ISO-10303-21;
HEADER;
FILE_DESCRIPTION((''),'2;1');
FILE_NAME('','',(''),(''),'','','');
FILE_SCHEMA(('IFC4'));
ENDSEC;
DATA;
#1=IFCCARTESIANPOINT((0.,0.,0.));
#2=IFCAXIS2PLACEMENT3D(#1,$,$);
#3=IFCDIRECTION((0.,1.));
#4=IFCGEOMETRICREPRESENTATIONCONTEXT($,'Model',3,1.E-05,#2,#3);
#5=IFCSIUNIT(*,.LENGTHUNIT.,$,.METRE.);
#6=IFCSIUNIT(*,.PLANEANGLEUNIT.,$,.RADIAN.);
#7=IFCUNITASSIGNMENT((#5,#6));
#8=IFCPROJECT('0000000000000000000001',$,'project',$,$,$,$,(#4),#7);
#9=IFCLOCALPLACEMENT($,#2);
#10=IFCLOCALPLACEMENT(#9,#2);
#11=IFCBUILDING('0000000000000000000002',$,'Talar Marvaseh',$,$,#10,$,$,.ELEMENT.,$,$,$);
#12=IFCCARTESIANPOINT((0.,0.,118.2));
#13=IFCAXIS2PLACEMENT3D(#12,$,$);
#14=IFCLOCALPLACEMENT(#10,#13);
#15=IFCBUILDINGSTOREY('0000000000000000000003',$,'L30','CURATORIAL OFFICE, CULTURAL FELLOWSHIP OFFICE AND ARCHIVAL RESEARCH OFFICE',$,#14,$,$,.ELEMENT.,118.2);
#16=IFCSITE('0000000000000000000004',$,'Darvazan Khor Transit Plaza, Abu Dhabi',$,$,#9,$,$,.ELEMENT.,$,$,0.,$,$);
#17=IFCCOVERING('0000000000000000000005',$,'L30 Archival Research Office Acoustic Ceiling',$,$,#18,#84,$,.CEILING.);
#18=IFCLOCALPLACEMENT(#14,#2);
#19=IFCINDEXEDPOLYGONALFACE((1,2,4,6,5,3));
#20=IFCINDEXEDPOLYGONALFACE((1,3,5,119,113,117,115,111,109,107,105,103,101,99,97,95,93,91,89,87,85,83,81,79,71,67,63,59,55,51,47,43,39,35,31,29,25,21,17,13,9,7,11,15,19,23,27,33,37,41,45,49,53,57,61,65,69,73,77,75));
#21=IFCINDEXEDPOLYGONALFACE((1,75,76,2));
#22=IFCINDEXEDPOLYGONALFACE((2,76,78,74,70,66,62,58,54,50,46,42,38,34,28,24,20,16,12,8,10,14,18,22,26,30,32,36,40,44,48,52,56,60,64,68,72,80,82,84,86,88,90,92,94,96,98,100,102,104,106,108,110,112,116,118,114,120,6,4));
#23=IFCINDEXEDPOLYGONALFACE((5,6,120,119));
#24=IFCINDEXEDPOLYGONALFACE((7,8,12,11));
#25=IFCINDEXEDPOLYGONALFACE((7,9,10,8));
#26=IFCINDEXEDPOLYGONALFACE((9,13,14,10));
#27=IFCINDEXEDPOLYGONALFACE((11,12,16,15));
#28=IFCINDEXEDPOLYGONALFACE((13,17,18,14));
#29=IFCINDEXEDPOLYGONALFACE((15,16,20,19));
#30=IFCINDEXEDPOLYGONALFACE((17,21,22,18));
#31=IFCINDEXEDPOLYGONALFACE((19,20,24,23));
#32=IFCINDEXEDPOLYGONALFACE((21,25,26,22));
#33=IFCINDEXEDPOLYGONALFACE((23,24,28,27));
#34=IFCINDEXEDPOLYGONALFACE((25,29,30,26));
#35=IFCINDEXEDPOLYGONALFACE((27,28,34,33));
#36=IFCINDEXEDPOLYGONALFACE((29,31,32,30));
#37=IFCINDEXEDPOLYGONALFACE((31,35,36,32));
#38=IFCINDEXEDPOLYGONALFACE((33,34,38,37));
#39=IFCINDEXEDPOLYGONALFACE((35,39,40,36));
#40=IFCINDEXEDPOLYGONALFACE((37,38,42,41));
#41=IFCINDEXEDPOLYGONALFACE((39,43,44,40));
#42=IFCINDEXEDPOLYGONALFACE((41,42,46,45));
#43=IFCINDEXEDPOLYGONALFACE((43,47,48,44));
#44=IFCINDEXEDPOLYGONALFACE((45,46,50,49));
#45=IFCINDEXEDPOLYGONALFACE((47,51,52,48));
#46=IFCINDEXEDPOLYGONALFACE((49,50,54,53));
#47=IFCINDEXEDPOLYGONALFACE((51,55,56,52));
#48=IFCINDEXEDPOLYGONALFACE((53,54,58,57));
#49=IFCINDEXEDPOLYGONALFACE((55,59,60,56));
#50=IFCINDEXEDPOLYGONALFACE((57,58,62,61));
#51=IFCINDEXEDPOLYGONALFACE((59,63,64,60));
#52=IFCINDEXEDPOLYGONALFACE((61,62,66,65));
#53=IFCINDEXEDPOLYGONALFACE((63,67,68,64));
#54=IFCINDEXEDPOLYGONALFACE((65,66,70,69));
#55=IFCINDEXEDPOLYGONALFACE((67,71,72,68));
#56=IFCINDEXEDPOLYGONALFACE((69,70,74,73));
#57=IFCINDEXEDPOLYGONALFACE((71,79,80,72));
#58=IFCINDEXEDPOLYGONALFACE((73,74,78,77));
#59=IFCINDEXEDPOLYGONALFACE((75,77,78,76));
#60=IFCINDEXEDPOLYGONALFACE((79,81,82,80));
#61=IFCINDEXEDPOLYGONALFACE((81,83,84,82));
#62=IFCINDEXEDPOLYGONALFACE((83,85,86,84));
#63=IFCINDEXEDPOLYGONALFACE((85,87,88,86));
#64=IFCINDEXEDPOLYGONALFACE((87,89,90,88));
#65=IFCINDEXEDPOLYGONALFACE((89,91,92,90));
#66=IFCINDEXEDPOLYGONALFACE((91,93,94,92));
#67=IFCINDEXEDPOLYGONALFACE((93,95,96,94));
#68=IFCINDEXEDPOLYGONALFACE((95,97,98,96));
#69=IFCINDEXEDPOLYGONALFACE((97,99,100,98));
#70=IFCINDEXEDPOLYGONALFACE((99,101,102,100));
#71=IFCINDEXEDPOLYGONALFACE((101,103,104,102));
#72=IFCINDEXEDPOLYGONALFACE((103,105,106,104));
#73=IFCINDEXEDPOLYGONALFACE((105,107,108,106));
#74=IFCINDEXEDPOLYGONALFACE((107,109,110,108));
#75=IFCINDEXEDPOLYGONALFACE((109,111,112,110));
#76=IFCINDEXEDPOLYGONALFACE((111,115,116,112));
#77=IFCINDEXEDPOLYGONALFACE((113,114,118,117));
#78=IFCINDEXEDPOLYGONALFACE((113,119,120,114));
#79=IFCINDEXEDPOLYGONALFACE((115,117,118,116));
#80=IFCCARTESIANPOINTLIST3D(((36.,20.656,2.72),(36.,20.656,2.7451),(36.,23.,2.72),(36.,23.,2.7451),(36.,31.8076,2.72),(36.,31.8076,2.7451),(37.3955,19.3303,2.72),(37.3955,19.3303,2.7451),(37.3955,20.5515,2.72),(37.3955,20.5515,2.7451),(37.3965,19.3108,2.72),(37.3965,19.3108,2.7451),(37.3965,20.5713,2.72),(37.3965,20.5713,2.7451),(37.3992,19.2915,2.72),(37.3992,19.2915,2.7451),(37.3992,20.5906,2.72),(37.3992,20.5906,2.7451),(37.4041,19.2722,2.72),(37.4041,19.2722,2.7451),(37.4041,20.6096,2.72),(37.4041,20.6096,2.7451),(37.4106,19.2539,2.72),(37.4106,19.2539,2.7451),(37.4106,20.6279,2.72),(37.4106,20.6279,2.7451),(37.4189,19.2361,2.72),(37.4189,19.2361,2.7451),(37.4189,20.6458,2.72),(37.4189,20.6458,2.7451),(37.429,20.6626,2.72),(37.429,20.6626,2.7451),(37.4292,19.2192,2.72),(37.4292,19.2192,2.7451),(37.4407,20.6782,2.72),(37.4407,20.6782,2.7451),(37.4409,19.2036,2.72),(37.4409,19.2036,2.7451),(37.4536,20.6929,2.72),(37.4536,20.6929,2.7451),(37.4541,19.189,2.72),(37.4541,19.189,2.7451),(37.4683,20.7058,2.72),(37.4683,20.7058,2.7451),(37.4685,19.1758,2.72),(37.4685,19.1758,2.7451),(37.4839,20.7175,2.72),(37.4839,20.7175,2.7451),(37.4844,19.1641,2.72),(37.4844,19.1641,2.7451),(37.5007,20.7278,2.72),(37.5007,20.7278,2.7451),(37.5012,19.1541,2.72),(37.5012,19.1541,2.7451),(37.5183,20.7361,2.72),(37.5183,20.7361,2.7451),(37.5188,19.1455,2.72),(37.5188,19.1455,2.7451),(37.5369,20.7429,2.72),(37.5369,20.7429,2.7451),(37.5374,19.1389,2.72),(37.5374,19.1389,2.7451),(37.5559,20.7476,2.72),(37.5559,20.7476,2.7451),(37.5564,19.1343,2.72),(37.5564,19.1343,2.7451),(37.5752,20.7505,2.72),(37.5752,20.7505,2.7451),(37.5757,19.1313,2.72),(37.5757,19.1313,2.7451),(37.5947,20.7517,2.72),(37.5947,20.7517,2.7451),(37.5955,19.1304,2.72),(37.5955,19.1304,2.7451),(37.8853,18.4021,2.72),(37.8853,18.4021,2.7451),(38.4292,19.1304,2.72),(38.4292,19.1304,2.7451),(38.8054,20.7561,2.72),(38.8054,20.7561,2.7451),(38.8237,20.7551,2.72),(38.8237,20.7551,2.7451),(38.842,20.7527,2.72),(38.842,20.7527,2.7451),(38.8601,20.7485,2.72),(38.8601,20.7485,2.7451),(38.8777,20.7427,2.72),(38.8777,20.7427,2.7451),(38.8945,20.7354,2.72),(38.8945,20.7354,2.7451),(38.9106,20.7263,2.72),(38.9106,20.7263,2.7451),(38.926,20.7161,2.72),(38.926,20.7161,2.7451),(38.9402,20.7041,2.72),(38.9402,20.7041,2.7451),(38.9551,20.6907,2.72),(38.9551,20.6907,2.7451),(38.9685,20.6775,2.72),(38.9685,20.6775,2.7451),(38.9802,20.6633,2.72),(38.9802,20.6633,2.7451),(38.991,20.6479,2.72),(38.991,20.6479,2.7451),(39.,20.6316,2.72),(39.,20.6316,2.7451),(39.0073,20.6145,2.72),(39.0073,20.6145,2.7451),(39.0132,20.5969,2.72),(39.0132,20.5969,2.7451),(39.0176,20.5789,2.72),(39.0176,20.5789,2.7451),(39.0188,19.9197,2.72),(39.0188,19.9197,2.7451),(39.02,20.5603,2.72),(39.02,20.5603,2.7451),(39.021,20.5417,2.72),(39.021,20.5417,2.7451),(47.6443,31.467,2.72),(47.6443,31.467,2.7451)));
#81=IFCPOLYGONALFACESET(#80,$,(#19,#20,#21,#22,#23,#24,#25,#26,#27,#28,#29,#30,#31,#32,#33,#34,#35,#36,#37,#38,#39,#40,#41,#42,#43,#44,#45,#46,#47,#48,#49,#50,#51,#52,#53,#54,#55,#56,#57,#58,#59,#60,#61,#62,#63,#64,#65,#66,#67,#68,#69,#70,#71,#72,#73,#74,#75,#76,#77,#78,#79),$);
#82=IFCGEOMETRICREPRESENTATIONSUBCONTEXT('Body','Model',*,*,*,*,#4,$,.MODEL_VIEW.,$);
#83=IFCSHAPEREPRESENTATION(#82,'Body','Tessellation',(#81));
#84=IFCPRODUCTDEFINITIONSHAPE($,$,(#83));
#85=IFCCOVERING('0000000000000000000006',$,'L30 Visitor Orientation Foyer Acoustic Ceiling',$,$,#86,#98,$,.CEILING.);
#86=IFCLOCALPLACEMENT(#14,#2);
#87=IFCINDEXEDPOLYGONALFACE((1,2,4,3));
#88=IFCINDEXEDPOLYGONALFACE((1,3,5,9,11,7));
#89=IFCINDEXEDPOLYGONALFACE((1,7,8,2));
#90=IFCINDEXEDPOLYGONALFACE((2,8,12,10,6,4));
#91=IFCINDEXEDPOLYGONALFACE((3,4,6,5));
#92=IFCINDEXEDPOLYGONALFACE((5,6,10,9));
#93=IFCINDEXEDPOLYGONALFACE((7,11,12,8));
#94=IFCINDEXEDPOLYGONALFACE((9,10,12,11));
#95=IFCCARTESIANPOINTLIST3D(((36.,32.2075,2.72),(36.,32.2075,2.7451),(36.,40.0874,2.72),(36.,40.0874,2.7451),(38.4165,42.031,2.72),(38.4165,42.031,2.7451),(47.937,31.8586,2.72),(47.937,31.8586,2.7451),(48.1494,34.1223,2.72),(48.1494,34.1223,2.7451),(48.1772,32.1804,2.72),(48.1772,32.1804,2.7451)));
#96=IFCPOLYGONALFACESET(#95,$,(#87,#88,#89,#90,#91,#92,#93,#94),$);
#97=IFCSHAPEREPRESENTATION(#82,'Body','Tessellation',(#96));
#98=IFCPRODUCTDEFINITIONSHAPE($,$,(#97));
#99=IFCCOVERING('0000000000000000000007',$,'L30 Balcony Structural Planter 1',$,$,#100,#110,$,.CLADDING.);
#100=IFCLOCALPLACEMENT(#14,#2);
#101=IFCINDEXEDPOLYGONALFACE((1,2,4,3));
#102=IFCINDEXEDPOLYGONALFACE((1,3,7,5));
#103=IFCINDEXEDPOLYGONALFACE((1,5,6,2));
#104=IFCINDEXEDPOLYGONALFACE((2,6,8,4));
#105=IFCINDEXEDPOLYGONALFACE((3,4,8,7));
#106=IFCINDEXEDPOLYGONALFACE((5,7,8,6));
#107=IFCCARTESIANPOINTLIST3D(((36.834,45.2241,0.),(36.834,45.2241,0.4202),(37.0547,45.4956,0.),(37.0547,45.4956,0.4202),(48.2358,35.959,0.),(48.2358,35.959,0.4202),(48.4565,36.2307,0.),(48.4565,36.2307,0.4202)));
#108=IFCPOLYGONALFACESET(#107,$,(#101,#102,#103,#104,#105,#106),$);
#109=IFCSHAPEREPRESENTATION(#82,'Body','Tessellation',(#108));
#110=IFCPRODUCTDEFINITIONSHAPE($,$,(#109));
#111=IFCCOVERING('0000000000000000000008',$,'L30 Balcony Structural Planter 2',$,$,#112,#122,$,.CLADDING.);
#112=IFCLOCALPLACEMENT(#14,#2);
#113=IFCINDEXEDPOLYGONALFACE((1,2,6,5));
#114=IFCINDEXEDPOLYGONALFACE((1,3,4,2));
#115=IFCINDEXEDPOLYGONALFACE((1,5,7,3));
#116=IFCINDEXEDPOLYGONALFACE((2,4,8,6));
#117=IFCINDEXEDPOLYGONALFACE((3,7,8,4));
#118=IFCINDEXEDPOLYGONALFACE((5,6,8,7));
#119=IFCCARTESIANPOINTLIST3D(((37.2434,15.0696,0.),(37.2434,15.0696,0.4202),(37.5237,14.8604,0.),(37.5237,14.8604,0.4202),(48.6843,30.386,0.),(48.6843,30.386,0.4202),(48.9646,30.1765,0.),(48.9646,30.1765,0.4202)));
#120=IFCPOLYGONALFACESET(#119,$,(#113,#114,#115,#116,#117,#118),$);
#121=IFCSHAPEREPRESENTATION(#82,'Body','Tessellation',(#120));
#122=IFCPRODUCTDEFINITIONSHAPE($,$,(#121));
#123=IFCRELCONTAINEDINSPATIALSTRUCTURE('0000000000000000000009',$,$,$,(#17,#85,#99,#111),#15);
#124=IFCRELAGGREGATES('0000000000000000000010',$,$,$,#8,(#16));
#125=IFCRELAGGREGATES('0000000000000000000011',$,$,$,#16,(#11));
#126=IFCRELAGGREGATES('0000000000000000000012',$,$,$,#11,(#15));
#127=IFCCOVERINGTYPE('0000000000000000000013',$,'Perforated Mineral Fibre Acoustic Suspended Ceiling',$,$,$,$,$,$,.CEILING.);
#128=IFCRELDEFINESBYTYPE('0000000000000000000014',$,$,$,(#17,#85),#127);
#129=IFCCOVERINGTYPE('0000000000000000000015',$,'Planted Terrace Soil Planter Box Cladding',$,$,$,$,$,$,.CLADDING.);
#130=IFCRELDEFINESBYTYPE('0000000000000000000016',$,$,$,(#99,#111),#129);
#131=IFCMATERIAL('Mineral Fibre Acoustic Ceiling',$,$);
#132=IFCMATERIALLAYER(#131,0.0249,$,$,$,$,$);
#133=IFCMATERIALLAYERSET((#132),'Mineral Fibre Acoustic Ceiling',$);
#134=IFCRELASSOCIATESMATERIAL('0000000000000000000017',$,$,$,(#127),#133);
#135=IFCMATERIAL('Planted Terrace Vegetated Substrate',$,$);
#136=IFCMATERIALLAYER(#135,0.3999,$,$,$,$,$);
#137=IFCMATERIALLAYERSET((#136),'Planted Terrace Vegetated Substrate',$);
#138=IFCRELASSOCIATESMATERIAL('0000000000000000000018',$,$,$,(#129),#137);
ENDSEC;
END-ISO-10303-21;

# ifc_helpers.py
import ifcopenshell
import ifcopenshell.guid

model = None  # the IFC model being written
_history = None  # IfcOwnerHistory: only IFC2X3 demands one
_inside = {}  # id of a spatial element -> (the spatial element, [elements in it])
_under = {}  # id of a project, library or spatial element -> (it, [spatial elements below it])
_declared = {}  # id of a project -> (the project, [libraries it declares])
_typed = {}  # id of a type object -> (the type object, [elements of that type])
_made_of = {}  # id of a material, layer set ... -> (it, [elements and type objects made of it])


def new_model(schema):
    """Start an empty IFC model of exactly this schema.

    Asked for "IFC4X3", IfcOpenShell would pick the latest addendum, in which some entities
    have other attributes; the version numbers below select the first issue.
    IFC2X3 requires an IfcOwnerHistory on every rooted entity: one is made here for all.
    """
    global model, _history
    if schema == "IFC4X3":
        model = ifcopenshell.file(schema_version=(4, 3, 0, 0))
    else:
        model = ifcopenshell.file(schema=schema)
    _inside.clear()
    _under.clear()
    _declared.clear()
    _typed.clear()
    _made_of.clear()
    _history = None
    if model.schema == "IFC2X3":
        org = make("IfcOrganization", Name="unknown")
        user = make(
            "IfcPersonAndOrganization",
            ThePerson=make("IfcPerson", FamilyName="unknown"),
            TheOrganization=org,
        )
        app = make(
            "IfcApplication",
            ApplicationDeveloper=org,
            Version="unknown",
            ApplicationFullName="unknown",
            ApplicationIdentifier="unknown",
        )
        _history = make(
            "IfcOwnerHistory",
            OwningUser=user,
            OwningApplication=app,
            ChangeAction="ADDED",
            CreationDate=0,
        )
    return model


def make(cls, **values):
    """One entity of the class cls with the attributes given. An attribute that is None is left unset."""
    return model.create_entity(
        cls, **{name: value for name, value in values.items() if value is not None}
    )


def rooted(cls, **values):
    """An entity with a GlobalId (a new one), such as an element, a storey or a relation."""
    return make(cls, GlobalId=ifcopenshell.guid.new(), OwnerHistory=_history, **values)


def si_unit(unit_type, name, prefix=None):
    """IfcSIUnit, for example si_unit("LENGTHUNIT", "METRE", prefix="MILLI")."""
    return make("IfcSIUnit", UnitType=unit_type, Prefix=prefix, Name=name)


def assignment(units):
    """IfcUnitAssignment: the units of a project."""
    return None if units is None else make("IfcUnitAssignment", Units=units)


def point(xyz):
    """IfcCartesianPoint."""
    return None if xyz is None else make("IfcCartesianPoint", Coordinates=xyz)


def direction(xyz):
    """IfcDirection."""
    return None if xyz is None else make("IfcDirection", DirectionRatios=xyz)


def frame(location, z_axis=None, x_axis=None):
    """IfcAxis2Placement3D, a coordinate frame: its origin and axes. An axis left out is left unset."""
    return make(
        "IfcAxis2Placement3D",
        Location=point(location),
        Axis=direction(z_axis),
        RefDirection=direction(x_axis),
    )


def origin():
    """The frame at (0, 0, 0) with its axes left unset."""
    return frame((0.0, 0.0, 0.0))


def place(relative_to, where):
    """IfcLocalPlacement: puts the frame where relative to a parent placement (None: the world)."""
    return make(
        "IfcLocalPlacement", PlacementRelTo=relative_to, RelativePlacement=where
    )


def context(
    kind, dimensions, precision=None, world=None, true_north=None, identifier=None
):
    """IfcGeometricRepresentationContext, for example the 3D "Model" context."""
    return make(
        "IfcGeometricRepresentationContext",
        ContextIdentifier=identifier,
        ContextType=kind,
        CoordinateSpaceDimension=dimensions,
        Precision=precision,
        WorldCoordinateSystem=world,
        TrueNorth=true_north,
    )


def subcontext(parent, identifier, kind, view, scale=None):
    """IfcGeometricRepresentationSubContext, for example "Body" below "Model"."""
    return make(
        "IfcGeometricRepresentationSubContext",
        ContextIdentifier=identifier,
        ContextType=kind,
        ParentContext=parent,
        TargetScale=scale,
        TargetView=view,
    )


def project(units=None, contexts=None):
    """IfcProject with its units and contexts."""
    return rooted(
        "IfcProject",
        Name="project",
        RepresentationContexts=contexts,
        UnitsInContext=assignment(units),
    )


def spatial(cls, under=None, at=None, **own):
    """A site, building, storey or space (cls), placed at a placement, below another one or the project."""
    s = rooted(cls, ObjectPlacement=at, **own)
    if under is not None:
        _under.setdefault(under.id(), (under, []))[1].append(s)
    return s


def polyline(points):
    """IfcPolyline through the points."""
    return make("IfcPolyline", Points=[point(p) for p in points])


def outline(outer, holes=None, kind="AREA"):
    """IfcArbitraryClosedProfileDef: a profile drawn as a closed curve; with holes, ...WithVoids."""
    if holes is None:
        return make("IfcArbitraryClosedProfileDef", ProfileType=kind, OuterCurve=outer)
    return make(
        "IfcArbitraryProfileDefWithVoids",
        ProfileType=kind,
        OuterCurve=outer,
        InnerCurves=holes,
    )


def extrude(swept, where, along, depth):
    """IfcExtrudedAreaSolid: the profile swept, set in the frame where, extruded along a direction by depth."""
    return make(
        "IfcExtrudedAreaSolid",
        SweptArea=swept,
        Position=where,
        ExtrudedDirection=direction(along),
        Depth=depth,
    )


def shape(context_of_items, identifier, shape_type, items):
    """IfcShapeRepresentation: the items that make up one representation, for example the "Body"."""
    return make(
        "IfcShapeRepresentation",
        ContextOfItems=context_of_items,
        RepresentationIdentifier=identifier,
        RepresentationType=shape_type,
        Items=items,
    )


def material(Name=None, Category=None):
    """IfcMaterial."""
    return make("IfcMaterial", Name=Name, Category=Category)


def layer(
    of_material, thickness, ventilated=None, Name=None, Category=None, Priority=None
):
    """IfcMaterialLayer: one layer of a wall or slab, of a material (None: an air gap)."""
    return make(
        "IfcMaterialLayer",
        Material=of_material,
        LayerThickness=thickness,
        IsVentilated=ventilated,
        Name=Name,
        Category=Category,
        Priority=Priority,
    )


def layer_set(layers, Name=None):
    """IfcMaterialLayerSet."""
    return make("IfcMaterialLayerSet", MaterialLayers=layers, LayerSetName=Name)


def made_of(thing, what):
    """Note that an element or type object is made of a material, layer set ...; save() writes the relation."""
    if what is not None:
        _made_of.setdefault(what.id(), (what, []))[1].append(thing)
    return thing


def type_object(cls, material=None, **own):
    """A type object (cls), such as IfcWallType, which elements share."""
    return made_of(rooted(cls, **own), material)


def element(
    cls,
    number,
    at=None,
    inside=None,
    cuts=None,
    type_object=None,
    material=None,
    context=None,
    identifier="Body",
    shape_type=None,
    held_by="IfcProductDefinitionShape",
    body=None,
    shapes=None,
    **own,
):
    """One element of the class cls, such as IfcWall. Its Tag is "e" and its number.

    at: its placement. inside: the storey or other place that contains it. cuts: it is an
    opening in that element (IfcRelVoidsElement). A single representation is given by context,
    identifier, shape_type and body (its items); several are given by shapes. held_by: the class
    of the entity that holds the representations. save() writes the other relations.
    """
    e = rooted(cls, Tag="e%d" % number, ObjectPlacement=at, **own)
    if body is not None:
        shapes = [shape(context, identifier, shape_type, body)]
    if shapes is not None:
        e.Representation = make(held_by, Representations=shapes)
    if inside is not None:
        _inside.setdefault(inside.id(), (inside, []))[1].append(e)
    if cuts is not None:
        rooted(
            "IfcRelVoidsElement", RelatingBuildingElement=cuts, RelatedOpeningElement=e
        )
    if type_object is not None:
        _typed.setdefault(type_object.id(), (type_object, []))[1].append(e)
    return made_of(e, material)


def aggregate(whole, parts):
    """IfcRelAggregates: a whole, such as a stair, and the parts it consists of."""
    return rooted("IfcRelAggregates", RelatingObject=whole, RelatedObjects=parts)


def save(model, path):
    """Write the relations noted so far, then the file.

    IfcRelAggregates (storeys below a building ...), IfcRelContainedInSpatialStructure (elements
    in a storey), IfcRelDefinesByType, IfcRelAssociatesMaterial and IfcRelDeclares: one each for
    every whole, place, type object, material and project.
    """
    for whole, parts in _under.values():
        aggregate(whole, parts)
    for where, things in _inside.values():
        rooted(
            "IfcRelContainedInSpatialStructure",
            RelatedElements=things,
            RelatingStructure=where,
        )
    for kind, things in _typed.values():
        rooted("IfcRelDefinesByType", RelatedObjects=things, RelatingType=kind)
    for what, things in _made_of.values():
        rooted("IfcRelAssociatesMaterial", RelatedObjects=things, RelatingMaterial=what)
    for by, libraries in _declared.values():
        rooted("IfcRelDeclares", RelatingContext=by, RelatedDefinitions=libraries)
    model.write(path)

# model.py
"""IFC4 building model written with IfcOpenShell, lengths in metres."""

from ifc_helpers import new_model, si_unit, direction, frame, origin, place, context, subcontext, project, spatial, polyline, outline, extrude, material, layer, layer_set, type_object, element, save


model = new_model("IFC4")

# Units and contexts
model_context = context("Model", 3, precision=1e-05, world=origin(), true_north=direction((0.0, 1.0)))
body_context = subcontext(model_context, "Body", "Model", "MODEL_VIEW")
ifc_project = project(units=[si_unit("LENGTHUNIT", "METRE"), si_unit("PLANEANGLEUNIT", "RADIAN")], contexts=[model_context])

# Site, building, storey
site_placement = place(None, origin())
site = spatial("IfcSite", under=ifc_project, at=site_placement, Name="Darvazan Khor Transit Plaza, Abu Dhabi", CompositionType="ELEMENT", RefElevation=0.0)
building_placement = place(site_placement, origin())
building = spatial("IfcBuilding", under=site, at=building_placement, Name="Talar Marvaseh", CompositionType="ELEMENT")
storey_placement = place(building_placement, frame((0.0, 0.0, 118.2)))
storey = spatial("IfcBuildingStorey", under=building, at=storey_placement, Name="L30", Description="CURATORIAL OFFICE, CULTURAL FELLOWSHIP OFFICE AND ARCHIVAL RESEARCH OFFICE", CompositionType="ELEMENT", Elevation=118.2)

# Coverings
ifc_material_1 = material(Name="Mineral Fibre Acoustic Ceiling")
ifc_layer_1 = layer(ifc_material_1, 0.0249)
ifc_layer_set_1 = layer_set([ifc_layer_1], Name="Mineral Fibre Acoustic Ceiling")
covering_type_1 = type_object("IfcCoveringType", Name="Perforated Mineral Fibre Acoustic Suspended Ceiling", PredefinedType="CEILING", material=ifc_layer_set_1)
covering_1_placement = place(storey_placement, frame((0.0, 0.0, 2.72)))
element("IfcCovering", 1, at=covering_1_placement, inside=storey, type_object=covering_type_1, Name="L30 Archival Research Office Acoustic Ceiling", PredefinedType="CEILING", context=body_context, shape_type="SweptSolid", body=[
    extrude(outline(polyline([(47.6443, 31.467), (39.0188, 19.9197), (39.021, 20.5417), (39.02, 20.5603), (39.0176, 20.5789), (39.0132, 20.5969), (39.0073, 20.6145), (39.0, 20.6316), (38.991, 20.6479), (38.9802, 20.6633), (38.9685, 20.6775), (38.9551, 20.6907), (38.9402, 20.7041), (38.926, 20.7161), (38.9106, 20.7263), (38.8945, 20.7354), (38.8777, 20.7427), (38.8601, 20.7485), (38.842, 20.7527), (38.8237, 20.7551), (38.8054, 20.7561), (37.5947, 20.7517), (37.5752, 20.7505), (37.5559, 20.7476), (37.5369, 20.7429), (37.5183, 20.7361), (37.5007, 20.7278), (37.4839, 20.7175), (37.4683, 20.7058), (37.4536, 20.6929), (37.4407, 20.6782), (37.429, 20.6626), (37.4189, 20.6458), (37.4106, 20.6279), (37.4041, 20.6096), (37.3992, 20.5906), (37.3965, 20.5713), (37.3955, 20.5515), (37.3955, 19.3303), (37.3965, 19.3108), (37.3992, 19.2915), (37.4041, 19.2722), (37.4106, 19.2539), (37.4189, 19.2361), (37.4292, 19.2192), (37.4409, 19.2036), (37.4541, 19.189), (37.4685, 19.1758), (37.4844, 19.1641), (37.5012, 19.1541), (37.5188, 19.1455), (37.5374, 19.1389), (37.5564, 19.1343), (37.5757, 19.1313), (37.5955, 19.1304), (38.4292, 19.1304), (37.8853, 18.4021), (36.0, 20.656), (36.0, 23.0), (36.0, 31.8076), (47.6443, 31.467)])), origin(), (0.0, 0.0, 1.0), 0.0251),
])
covering_2_placement = place(storey_placement, frame((0.0, 0.0, 2.72)))
element("IfcCovering", 2, at=covering_2_placement, inside=storey, type_object=covering_type_1, Name="L30 Visitor Orientation Foyer Acoustic Ceiling", PredefinedType="CEILING", context=body_context, shape_type="SweptSolid", body=[
    extrude(outline(polyline([(36.0, 40.0874), (38.4165, 42.031), (48.1494, 34.1223), (48.1772, 32.1804), (47.937, 31.8586), (36.0, 32.2075), (36.0, 40.0874)])), origin(), (0.0, 0.0, 1.0), 0.0251),
])
ifc_material_2 = material(Name="Planted Terrace Vegetated Substrate")
ifc_layer_2 = layer(ifc_material_2, 0.3999)
ifc_layer_set_2 = layer_set([ifc_layer_2], Name="Planted Terrace Vegetated Substrate")
covering_type_2 = type_object("IfcCoveringType", Name="Planted Terrace Soil Planter Box Cladding", PredefinedType="CLADDING", material=ifc_layer_set_2)
covering_3_placement = place(storey_placement, origin())
element("IfcCovering", 3, at=covering_3_placement, inside=storey, type_object=covering_type_2, Name="L30 Balcony Structural Planter 1", PredefinedType="CLADDING", context=body_context, shape_type="SweptSolid", body=[
    extrude(outline(polyline([(37.0547, 45.4956), (48.4565, 36.2307), (48.2358, 35.959), (36.834, 45.2241), (37.0547, 45.4956)])), origin(), (0.0, 0.0, 1.0), 0.4202),
])
covering_4_placement = place(storey_placement, origin())
element("IfcCovering", 4, at=covering_4_placement, inside=storey, type_object=covering_type_2, Name="L30 Balcony Structural Planter 2", PredefinedType="CLADDING", context=body_context, shape_type="SweptSolid", body=[
    extrude(outline(polyline([(48.9646, 30.1765), (37.5237, 14.8604), (37.2434, 15.0696), (48.6843, 30.386), (48.9646, 30.1765)])), origin(), (0.0, 0.0, 1.0), 0.4202),
])

save(model, "model.ifc")
